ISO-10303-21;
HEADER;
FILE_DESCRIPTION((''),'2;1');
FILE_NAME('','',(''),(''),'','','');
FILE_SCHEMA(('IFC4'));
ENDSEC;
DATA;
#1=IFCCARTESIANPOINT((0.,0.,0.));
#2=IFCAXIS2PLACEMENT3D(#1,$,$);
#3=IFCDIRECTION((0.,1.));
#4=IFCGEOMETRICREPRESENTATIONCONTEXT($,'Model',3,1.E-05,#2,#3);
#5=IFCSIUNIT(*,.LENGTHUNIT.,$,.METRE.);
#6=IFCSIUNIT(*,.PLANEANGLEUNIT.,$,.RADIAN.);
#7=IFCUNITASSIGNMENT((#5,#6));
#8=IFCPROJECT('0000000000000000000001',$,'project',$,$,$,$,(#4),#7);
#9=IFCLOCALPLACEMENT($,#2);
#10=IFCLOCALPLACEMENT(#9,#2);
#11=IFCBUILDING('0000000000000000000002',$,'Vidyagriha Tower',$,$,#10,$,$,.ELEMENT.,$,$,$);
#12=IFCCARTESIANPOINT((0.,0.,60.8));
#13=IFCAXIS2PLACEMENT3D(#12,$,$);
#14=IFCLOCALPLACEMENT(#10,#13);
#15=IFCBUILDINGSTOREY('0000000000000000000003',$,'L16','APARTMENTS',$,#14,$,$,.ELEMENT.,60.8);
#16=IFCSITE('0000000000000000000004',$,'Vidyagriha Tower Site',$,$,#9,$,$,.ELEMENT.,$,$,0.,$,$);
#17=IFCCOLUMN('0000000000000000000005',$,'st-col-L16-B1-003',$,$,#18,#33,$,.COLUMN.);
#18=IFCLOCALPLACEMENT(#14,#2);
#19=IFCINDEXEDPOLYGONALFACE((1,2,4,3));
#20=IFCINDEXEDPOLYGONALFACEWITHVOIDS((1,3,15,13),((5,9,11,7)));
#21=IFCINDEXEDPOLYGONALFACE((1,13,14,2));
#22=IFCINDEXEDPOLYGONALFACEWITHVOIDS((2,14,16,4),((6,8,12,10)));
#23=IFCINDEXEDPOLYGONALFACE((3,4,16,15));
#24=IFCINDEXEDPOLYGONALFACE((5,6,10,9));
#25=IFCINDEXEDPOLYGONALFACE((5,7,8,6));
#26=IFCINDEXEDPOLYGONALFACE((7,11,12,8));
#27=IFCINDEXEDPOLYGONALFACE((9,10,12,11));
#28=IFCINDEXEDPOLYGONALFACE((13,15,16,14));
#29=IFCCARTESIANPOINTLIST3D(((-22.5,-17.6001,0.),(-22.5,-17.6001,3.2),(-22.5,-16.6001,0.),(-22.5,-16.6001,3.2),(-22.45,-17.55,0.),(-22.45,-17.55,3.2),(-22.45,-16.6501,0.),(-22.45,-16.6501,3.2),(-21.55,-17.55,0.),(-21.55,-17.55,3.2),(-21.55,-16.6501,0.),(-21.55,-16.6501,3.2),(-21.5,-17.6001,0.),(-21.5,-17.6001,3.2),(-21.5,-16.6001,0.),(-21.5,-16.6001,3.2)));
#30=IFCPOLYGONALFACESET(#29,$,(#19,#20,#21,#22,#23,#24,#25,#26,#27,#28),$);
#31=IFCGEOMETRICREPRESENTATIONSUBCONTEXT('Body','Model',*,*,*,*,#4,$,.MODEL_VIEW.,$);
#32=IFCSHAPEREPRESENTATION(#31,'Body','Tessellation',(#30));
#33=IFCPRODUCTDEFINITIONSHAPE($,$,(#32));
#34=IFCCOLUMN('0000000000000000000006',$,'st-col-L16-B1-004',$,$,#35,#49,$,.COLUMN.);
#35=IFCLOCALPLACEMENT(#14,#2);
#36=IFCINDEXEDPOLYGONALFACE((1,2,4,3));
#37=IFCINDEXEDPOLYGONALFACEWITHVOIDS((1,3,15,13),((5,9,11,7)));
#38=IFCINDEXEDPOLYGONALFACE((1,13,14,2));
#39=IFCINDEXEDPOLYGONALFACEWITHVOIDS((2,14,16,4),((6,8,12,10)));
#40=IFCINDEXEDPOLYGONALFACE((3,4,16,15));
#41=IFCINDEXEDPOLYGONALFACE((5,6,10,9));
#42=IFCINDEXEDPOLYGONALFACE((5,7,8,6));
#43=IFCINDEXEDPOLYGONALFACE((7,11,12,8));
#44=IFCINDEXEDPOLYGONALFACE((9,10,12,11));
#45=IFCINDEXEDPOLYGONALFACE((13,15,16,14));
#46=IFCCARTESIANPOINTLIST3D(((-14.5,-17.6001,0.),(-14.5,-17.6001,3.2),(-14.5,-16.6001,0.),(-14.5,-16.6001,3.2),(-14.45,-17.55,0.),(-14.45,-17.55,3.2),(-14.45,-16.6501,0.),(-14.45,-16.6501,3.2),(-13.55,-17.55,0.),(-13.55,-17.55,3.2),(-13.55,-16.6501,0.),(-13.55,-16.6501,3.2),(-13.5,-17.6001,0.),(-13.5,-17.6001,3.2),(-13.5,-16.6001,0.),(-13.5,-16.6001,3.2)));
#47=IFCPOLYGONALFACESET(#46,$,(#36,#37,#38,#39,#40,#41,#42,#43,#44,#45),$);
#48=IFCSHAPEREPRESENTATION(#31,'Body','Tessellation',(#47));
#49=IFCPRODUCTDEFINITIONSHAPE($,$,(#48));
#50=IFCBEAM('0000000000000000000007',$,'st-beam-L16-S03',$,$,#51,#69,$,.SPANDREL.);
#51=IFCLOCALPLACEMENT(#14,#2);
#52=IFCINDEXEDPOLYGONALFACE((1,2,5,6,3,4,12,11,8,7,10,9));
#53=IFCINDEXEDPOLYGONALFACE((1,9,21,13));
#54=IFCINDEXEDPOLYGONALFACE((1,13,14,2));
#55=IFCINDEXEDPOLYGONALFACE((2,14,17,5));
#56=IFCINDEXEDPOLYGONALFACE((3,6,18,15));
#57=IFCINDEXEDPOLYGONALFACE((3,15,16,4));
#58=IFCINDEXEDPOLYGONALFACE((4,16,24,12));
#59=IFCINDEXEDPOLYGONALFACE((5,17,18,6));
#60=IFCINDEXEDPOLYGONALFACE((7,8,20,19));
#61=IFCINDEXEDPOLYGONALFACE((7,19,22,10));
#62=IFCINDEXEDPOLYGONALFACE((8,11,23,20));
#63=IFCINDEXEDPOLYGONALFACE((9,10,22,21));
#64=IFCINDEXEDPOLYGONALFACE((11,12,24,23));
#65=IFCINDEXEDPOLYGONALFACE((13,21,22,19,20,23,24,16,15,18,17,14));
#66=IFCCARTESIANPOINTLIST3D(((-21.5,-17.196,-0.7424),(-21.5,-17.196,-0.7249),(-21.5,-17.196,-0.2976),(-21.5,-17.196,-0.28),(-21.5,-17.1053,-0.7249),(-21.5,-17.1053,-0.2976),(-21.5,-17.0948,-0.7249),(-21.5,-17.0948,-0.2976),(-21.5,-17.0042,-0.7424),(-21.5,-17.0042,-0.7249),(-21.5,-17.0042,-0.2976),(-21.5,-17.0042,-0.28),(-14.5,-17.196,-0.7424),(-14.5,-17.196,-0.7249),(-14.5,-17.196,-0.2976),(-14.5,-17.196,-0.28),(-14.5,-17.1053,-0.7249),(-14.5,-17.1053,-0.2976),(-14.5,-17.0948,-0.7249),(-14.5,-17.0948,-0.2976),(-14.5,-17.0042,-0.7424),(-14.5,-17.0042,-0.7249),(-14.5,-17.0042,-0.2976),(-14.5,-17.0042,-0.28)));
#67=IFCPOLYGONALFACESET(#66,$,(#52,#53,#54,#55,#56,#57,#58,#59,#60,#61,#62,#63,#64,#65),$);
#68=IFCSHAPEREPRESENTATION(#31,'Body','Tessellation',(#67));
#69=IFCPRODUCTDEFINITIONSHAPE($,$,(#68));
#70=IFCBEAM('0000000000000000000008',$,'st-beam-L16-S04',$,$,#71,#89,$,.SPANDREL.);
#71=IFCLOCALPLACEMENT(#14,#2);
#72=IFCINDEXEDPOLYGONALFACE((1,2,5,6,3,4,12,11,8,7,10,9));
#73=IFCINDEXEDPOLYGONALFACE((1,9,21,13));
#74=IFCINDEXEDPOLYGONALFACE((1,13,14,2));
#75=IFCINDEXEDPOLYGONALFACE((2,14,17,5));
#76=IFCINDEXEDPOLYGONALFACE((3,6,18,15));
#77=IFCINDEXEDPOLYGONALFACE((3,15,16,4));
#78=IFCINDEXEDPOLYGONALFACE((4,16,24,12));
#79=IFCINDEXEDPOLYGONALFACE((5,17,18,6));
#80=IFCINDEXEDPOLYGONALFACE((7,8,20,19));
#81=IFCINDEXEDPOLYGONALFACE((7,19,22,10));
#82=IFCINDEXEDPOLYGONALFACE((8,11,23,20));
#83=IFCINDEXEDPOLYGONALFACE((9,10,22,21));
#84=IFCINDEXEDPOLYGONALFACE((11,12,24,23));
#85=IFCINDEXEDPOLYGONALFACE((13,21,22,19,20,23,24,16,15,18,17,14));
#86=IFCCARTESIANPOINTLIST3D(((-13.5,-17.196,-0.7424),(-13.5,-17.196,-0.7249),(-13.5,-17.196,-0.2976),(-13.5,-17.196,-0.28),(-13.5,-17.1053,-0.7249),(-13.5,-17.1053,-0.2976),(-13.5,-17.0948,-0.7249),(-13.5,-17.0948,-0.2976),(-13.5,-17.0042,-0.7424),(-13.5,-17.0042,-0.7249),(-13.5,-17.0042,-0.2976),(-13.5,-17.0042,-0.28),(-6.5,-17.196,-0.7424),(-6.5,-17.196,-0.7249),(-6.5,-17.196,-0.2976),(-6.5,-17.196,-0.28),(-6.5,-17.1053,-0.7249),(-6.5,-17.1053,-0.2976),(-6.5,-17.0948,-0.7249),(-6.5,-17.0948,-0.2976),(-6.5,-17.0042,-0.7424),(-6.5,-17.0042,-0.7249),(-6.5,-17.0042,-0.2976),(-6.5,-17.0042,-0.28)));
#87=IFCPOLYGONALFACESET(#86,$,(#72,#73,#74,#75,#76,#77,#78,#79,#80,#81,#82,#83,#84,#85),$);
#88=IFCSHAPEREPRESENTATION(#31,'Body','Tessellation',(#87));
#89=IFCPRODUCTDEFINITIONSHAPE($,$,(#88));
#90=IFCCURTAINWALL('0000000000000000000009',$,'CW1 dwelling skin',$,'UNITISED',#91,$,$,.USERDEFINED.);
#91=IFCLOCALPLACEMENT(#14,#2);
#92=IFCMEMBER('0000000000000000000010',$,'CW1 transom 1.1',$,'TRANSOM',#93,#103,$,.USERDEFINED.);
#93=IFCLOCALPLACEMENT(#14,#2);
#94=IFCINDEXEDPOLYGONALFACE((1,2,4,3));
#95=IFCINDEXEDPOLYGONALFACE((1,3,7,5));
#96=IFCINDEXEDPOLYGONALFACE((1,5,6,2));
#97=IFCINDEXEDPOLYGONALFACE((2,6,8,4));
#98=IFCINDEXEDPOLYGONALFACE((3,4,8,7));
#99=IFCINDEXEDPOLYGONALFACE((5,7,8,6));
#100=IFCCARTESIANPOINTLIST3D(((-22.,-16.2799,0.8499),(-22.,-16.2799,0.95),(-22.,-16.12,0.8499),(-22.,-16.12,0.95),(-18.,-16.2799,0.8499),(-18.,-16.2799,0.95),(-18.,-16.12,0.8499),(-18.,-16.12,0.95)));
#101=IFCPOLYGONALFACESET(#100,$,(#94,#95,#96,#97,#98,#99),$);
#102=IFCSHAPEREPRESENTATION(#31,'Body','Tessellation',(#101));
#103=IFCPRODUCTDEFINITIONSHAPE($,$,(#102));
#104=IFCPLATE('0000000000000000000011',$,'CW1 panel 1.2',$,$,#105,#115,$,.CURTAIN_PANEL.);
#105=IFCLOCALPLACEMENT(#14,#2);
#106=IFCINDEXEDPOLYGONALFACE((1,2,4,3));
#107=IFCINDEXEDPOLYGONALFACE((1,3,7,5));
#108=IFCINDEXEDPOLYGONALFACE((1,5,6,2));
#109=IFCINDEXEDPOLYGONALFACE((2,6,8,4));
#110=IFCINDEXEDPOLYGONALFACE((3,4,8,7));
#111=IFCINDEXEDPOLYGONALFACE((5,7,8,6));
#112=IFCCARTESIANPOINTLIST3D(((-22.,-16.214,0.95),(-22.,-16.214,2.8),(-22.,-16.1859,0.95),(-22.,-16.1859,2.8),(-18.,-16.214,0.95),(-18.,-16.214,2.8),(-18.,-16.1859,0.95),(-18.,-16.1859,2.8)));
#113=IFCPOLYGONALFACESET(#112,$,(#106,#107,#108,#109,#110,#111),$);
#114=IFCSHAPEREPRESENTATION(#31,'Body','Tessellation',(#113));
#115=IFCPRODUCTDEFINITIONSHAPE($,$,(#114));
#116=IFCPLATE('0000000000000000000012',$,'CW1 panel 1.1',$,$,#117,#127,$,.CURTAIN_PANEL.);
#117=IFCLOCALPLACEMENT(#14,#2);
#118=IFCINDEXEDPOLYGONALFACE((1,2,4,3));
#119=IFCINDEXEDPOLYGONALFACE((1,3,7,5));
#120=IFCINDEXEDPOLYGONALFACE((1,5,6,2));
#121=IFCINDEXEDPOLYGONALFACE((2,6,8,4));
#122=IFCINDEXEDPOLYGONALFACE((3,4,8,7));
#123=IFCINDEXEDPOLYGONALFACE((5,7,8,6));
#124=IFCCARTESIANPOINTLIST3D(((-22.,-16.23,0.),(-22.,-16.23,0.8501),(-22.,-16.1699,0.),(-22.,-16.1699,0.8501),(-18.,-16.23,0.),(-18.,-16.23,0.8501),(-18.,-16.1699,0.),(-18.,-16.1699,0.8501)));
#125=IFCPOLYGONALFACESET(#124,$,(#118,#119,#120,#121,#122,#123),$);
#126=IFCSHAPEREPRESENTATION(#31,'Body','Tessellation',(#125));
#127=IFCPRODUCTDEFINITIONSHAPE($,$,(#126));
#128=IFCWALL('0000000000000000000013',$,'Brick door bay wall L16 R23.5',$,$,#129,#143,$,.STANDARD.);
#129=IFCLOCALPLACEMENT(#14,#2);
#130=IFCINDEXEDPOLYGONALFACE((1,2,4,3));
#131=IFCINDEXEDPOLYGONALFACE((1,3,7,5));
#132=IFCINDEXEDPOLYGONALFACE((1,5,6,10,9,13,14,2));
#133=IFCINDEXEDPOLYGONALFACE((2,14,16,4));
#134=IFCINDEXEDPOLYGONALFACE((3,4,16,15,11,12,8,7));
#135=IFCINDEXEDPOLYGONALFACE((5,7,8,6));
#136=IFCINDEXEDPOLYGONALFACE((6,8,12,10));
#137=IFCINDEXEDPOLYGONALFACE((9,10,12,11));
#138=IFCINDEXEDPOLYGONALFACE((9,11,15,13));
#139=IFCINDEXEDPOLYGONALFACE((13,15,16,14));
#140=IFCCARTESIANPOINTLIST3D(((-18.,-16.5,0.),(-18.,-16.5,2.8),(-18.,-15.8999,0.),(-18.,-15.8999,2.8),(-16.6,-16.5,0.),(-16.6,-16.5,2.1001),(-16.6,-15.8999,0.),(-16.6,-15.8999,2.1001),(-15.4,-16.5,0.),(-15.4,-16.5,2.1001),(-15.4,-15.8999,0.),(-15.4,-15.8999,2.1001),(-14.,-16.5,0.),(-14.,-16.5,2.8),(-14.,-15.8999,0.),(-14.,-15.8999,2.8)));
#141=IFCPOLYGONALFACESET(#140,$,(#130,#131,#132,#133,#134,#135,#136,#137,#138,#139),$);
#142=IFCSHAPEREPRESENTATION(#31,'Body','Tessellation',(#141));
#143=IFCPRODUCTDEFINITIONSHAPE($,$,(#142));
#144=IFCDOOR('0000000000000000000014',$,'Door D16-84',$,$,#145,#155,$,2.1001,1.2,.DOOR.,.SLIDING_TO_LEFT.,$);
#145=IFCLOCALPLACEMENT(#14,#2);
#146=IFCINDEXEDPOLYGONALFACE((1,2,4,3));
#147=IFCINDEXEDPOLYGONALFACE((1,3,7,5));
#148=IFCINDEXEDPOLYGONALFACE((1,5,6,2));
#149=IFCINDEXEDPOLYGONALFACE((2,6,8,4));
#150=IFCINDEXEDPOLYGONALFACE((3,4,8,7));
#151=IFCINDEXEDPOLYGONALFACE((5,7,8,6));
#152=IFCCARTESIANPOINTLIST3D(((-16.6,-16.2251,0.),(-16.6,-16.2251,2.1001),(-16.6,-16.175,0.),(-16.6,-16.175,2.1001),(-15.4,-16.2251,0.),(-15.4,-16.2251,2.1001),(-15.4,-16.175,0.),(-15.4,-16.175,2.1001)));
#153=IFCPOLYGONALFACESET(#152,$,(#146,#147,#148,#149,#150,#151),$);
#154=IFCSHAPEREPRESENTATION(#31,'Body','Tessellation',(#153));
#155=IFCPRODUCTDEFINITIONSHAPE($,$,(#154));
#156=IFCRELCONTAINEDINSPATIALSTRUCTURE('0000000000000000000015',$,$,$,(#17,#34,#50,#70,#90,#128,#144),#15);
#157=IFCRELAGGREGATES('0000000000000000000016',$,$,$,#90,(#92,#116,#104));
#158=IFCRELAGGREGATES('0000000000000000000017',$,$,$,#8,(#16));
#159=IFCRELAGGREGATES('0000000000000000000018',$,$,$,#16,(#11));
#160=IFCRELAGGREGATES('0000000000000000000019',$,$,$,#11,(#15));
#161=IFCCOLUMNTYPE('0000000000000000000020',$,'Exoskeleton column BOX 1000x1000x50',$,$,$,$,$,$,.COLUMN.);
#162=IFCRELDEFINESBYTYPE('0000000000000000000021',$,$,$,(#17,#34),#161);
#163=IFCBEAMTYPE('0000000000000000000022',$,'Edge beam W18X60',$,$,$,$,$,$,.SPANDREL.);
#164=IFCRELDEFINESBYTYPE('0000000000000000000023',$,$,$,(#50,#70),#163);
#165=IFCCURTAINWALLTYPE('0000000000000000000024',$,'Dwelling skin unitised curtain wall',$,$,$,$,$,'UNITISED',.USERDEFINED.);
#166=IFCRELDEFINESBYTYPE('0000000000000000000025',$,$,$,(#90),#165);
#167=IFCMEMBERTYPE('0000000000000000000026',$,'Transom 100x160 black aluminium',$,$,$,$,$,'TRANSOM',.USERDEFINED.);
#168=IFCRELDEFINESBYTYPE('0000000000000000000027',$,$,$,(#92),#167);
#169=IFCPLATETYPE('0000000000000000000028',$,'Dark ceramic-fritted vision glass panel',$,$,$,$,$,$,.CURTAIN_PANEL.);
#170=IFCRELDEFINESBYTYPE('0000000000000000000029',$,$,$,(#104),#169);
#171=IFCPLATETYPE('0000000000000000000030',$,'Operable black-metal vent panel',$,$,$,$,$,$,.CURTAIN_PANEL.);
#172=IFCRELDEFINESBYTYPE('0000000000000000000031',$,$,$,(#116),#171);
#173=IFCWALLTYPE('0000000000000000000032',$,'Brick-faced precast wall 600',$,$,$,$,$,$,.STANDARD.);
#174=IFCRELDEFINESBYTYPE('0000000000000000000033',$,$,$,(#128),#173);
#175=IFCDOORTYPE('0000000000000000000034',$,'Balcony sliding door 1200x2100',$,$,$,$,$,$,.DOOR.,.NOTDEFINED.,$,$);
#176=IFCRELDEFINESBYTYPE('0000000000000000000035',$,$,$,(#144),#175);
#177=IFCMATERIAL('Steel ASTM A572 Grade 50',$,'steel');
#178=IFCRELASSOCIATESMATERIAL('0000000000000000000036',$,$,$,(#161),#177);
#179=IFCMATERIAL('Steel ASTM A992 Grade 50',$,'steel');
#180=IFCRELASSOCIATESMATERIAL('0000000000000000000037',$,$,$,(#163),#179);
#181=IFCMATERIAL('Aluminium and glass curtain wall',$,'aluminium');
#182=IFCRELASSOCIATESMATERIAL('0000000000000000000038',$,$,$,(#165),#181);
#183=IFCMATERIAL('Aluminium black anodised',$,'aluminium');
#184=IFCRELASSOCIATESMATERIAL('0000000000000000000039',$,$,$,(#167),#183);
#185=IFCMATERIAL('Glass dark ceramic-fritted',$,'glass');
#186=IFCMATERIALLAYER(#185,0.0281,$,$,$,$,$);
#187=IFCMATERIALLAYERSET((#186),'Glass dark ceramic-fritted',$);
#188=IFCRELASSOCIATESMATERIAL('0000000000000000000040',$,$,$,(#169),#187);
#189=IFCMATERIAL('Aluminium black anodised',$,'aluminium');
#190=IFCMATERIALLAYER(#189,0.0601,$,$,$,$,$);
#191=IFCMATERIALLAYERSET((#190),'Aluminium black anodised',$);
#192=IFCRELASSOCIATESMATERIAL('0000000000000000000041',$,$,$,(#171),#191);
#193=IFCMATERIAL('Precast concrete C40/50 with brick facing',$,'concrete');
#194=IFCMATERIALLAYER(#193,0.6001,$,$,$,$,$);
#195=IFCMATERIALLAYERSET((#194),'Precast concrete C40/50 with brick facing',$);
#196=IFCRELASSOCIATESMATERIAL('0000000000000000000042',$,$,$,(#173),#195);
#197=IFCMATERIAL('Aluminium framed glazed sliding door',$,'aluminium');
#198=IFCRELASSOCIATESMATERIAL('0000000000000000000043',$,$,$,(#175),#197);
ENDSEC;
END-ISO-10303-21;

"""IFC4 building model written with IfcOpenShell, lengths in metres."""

from ifc_helpers import new_model, si_unit, direction, frame, frame_2d, origin, origin_2d, place, context, subcontext, project, spatial, rectangle, hollow_rectangle, i_section, extrude, material, layer, layer_set, material_profile, profile_set, type_object, element, fill, aggregate, save


model = new_model("IFC4")

# Units and contexts
model_context = context("Model", 3, precision=1e-05, world=origin(), true_north=direction((0.0, 1.0)))
body_context = subcontext(model_context, "Body", "Model", "MODEL_VIEW")
ifc_project = project(units=[si_unit("LENGTHUNIT", "METRE"), si_unit("PLANEANGLEUNIT", "RADIAN")], contexts=[model_context])

# Site, building, storey
site_placement = place(None, origin())
site = spatial("IfcSite", under=ifc_project, at=site_placement, Name="Vidyagriha Tower Site", CompositionType="ELEMENT", RefElevation=0.0)
building_placement = place(site_placement, origin())
building = spatial("IfcBuilding", under=site, at=building_placement, Name="Vidyagriha Tower", CompositionType="ELEMENT")
storey_placement = place(building_placement, frame((0.0, 0.0, 60.8)))
storey = spatial("IfcBuildingStorey", under=building, at=storey_placement, Name="L16", Description="APARTMENTS", CompositionType="ELEMENT", Elevation=60.8)

# Columns
ifc_material_1 = material(Name="Steel ASTM A572 Grade 50", Category="steel")
ifc_material_profile_1 = material_profile(ifc_material_1, hollow_rectangle(XDim=1.0, YDim=1.0, WallThickness=0.05, at=origin_2d()), Name="BOX 1000x1000x50")
ifc_profile_set_1 = profile_set([ifc_material_profile_1], Name="Steel ASTM A572 Grade 50")
column_type = type_object("IfcColumnType", Name="Exoskeleton column BOX 1000x1000x50", PredefinedType="COLUMN", material=ifc_profile_set_1)
for number, where, name in (
    (1, (-22.0, -17.1001, 0.0), "st-col-L16-B1-003"),
    (2, (-14.0, -17.1001, 0.0), "st-col-L16-B1-004"),
):
    element("IfcColumn", number, at=place(storey_placement, frame(where)), inside=storey, type_object=column_type, Name=name, PredefinedType="COLUMN", context=body_context, shape_type="SweptSolid", body=[
        extrude(hollow_rectangle(XDim=1.0, YDim=1.0, WallThickness=0.05, at=origin_2d()), origin(), (0.0, 0.0, 1.0), 3.2),
    ])

# Beams
ifc_material_2 = material(Name="Steel ASTM A992 Grade 50", Category="steel")
ifc_material_profile_2 = material_profile(ifc_material_2, i_section(OverallWidth=0.1919, OverallDepth=0.4624, WebThickness=0.0105, FlangeThickness=0.0176, at=origin_2d()), Name="W18X60")
ifc_profile_set_2 = profile_set([ifc_material_profile_2], Name="Steel ASTM A992 Grade 50")
beam_type = type_object("IfcBeamType", Name="Edge beam W18X60", PredefinedType="SPANDREL", material=ifc_profile_set_2)
for number, where, z_axis, x_axis, name in (
    (3, (-21.5, -17.1001, -0.5112), (1.0, 0.0, 0.0), (0.0, 1.0, 0.0), "st-beam-L16-S03"),
    (4, (-13.5, -17.1001, -0.5112), (1.0, 0.0, 0.0), (0.0, 1.0, 0.0), "st-beam-L16-S04"),
):
    element("IfcBeam", number, at=place(storey_placement, frame(where, z_axis=z_axis, x_axis=x_axis)), inside=storey, type_object=beam_type, Name=name, PredefinedType="SPANDREL", context=body_context, shape_type="SweptSolid", body=[
        extrude(i_section(OverallWidth=0.1919, OverallDepth=0.4624, WebThickness=0.0105, FlangeThickness=0.0176, at=origin_2d()), origin(), (0.0, 0.0, 1.0), 7.0),
    ])

# Curtain wall, member, plates
ifc_material_3 = material(Name="Aluminium and glass curtain wall", Category="aluminium")
curtain_wall_type = type_object("IfcCurtainWallType", Name="Dwelling skin unitised curtain wall", ElementType="UNITISED", PredefinedType="USERDEFINED", material=ifc_material_3)
curtain_wall_placement = place(storey_placement, origin())
curtain_wall = element("IfcCurtainWall", 5, at=curtain_wall_placement, inside=storey, type_object=curtain_wall_type, Name="CW1 dwelling skin", ObjectType="UNITISED", PredefinedType="USERDEFINED")
ifc_material_4 = material(Name="Aluminium black anodised", Category="aluminium")
ifc_material_profile_3 = material_profile(ifc_material_4, rectangle(XDim=0.1599, YDim=0.1001, at=origin_2d()), Name="Transom 100x160 black aluminium")
ifc_profile_set_3 = profile_set([ifc_material_profile_3], Name="Aluminium black anodised")
member_type = type_object("IfcMemberType", Name="Transom 100x160 black aluminium", ElementType="TRANSOM", PredefinedType="USERDEFINED", material=ifc_profile_set_3)
member_placement = place(storey_placement, frame((-22.0, -16.2, 0.8999), z_axis=(1.0, 0.0, 0.0), x_axis=(0.0, 1.0, 0.0)))
member = element("IfcMember", 6, at=member_placement, type_object=member_type, Name="CW1 transom 1.1", ObjectType="TRANSOM", PredefinedType="USERDEFINED", context=body_context, shape_type="SweptSolid", body=[
    extrude(rectangle(XDim=0.1599, YDim=0.1001, at=origin_2d()), origin(), (0.0, 0.0, 1.0), 4.0),
])
ifc_material_5 = material(Name="Glass dark ceramic-fritted", Category="glass")
ifc_layer_1 = layer(ifc_material_5, 0.0281)
ifc_layer_set_1 = layer_set([ifc_layer_1], Name="Glass dark ceramic-fritted")
plate_type_1 = type_object("IfcPlateType", Name="Dark ceramic-fritted vision glass panel", PredefinedType="CURTAIN_PANEL", material=ifc_layer_set_1)
plate_1_placement = place(storey_placement, frame((-20.0, -16.2, 0.95)))
plate_1 = element("IfcPlate", 7, at=plate_1_placement, type_object=plate_type_1, Name="CW1 panel 1.2", PredefinedType="CURTAIN_PANEL", context=body_context, shape_type="SweptSolid", body=[
    extrude(rectangle(XDim=4.0, YDim=0.0281, at=origin_2d()), origin(), (0.0, 0.0, 1.0), 1.8501),
])
ifc_material_6 = material(Name="Aluminium black anodised", Category="aluminium")
ifc_layer_2 = layer(ifc_material_6, 0.0601)
ifc_layer_set_2 = layer_set([ifc_layer_2], Name="Aluminium black anodised")
plate_type_2 = type_object("IfcPlateType", Name="Operable black-metal vent panel", PredefinedType="CURTAIN_PANEL", material=ifc_layer_set_2)
plate_2_placement = place(storey_placement, frame((-20.0, -16.2, 0.0)))
plate_2 = element("IfcPlate", 8, at=plate_2_placement, type_object=plate_type_2, Name="CW1 panel 1.1", PredefinedType="CURTAIN_PANEL", context=body_context, shape_type="SweptSolid", body=[
    extrude(rectangle(XDim=4.0, YDim=0.0601, at=origin_2d()), origin(), (0.0, 0.0, 1.0), 0.8501),
])
aggregate(curtain_wall, [member, plate_2, plate_1])

# Wall, opening, door
ifc_material_7 = material(Name="Precast concrete C40/50 with brick facing", Category="concrete")
ifc_layer_3 = layer(ifc_material_7, 0.6001)
ifc_layer_set_3 = layer_set([ifc_layer_3], Name="Precast concrete C40/50 with brick facing")
wall_type = type_object("IfcWallType", Name="Brick-faced precast wall 600", PredefinedType="STANDARD", material=ifc_layer_set_3)
wall_placement = place(storey_placement, frame((-18.0, -16.2, 0.0)))
wall = element("IfcWall", 9, at=wall_placement, inside=storey, type_object=wall_type, Name="Brick door bay wall L16 R23.5", PredefinedType="STANDARD", context=body_context, shape_type="SweptSolid", body=[
    extrude(rectangle(XDim=4.0, YDim=0.6001, at=frame_2d((2.0, 0.0))), origin(), (0.0, 0.0, 1.0), 2.8),
])
opening_placement = place(wall_placement, frame((1.3999, 0.0, 0.0)))
opening = element("IfcOpeningElement", 10, at=opening_placement, cuts=wall, PredefinedType="OPENING", context=body_context, shape_type="SweptSolid", body=[
    extrude(rectangle(XDim=1.2, YDim=2.1001, at=frame_2d((0.6001, 1.05))), frame((0.0, 0.3101, 0.0), z_axis=(0.0, -1.0, 0.0), x_axis=(1.0, 0.0, 0.0)), (0.0, 0.0, 1.0), 0.6201),
])
ifc_material_8 = material(Name="Aluminium framed glazed sliding door", Category="aluminium")
door_type = type_object("IfcDoorType", Name="Balcony sliding door 1200x2100", OperationType="NOTDEFINED", PredefinedType="DOOR", material=ifc_material_8)
door_placement = place(opening_placement, origin())
door = element("IfcDoor", 11, at=door_placement, inside=storey, type_object=door_type, Name="Door D16-84", OperationType="SLIDING_TO_LEFT", OverallHeight=2.1001, OverallWidth=1.2, PredefinedType="DOOR", context=body_context, shape_type="SweptSolid", body=[
    extrude(rectangle(XDim=1.2, YDim=2.1001, at=frame_2d((0.6001, 1.05))), frame((0.0, 0.0249, 0.0), z_axis=(0.0, -1.0, 0.0), x_axis=(1.0, 0.0, 0.0)), (0.0, 0.0, 1.0), 0.05),
])
fill(opening, door)

save(model, "model.ifc")
